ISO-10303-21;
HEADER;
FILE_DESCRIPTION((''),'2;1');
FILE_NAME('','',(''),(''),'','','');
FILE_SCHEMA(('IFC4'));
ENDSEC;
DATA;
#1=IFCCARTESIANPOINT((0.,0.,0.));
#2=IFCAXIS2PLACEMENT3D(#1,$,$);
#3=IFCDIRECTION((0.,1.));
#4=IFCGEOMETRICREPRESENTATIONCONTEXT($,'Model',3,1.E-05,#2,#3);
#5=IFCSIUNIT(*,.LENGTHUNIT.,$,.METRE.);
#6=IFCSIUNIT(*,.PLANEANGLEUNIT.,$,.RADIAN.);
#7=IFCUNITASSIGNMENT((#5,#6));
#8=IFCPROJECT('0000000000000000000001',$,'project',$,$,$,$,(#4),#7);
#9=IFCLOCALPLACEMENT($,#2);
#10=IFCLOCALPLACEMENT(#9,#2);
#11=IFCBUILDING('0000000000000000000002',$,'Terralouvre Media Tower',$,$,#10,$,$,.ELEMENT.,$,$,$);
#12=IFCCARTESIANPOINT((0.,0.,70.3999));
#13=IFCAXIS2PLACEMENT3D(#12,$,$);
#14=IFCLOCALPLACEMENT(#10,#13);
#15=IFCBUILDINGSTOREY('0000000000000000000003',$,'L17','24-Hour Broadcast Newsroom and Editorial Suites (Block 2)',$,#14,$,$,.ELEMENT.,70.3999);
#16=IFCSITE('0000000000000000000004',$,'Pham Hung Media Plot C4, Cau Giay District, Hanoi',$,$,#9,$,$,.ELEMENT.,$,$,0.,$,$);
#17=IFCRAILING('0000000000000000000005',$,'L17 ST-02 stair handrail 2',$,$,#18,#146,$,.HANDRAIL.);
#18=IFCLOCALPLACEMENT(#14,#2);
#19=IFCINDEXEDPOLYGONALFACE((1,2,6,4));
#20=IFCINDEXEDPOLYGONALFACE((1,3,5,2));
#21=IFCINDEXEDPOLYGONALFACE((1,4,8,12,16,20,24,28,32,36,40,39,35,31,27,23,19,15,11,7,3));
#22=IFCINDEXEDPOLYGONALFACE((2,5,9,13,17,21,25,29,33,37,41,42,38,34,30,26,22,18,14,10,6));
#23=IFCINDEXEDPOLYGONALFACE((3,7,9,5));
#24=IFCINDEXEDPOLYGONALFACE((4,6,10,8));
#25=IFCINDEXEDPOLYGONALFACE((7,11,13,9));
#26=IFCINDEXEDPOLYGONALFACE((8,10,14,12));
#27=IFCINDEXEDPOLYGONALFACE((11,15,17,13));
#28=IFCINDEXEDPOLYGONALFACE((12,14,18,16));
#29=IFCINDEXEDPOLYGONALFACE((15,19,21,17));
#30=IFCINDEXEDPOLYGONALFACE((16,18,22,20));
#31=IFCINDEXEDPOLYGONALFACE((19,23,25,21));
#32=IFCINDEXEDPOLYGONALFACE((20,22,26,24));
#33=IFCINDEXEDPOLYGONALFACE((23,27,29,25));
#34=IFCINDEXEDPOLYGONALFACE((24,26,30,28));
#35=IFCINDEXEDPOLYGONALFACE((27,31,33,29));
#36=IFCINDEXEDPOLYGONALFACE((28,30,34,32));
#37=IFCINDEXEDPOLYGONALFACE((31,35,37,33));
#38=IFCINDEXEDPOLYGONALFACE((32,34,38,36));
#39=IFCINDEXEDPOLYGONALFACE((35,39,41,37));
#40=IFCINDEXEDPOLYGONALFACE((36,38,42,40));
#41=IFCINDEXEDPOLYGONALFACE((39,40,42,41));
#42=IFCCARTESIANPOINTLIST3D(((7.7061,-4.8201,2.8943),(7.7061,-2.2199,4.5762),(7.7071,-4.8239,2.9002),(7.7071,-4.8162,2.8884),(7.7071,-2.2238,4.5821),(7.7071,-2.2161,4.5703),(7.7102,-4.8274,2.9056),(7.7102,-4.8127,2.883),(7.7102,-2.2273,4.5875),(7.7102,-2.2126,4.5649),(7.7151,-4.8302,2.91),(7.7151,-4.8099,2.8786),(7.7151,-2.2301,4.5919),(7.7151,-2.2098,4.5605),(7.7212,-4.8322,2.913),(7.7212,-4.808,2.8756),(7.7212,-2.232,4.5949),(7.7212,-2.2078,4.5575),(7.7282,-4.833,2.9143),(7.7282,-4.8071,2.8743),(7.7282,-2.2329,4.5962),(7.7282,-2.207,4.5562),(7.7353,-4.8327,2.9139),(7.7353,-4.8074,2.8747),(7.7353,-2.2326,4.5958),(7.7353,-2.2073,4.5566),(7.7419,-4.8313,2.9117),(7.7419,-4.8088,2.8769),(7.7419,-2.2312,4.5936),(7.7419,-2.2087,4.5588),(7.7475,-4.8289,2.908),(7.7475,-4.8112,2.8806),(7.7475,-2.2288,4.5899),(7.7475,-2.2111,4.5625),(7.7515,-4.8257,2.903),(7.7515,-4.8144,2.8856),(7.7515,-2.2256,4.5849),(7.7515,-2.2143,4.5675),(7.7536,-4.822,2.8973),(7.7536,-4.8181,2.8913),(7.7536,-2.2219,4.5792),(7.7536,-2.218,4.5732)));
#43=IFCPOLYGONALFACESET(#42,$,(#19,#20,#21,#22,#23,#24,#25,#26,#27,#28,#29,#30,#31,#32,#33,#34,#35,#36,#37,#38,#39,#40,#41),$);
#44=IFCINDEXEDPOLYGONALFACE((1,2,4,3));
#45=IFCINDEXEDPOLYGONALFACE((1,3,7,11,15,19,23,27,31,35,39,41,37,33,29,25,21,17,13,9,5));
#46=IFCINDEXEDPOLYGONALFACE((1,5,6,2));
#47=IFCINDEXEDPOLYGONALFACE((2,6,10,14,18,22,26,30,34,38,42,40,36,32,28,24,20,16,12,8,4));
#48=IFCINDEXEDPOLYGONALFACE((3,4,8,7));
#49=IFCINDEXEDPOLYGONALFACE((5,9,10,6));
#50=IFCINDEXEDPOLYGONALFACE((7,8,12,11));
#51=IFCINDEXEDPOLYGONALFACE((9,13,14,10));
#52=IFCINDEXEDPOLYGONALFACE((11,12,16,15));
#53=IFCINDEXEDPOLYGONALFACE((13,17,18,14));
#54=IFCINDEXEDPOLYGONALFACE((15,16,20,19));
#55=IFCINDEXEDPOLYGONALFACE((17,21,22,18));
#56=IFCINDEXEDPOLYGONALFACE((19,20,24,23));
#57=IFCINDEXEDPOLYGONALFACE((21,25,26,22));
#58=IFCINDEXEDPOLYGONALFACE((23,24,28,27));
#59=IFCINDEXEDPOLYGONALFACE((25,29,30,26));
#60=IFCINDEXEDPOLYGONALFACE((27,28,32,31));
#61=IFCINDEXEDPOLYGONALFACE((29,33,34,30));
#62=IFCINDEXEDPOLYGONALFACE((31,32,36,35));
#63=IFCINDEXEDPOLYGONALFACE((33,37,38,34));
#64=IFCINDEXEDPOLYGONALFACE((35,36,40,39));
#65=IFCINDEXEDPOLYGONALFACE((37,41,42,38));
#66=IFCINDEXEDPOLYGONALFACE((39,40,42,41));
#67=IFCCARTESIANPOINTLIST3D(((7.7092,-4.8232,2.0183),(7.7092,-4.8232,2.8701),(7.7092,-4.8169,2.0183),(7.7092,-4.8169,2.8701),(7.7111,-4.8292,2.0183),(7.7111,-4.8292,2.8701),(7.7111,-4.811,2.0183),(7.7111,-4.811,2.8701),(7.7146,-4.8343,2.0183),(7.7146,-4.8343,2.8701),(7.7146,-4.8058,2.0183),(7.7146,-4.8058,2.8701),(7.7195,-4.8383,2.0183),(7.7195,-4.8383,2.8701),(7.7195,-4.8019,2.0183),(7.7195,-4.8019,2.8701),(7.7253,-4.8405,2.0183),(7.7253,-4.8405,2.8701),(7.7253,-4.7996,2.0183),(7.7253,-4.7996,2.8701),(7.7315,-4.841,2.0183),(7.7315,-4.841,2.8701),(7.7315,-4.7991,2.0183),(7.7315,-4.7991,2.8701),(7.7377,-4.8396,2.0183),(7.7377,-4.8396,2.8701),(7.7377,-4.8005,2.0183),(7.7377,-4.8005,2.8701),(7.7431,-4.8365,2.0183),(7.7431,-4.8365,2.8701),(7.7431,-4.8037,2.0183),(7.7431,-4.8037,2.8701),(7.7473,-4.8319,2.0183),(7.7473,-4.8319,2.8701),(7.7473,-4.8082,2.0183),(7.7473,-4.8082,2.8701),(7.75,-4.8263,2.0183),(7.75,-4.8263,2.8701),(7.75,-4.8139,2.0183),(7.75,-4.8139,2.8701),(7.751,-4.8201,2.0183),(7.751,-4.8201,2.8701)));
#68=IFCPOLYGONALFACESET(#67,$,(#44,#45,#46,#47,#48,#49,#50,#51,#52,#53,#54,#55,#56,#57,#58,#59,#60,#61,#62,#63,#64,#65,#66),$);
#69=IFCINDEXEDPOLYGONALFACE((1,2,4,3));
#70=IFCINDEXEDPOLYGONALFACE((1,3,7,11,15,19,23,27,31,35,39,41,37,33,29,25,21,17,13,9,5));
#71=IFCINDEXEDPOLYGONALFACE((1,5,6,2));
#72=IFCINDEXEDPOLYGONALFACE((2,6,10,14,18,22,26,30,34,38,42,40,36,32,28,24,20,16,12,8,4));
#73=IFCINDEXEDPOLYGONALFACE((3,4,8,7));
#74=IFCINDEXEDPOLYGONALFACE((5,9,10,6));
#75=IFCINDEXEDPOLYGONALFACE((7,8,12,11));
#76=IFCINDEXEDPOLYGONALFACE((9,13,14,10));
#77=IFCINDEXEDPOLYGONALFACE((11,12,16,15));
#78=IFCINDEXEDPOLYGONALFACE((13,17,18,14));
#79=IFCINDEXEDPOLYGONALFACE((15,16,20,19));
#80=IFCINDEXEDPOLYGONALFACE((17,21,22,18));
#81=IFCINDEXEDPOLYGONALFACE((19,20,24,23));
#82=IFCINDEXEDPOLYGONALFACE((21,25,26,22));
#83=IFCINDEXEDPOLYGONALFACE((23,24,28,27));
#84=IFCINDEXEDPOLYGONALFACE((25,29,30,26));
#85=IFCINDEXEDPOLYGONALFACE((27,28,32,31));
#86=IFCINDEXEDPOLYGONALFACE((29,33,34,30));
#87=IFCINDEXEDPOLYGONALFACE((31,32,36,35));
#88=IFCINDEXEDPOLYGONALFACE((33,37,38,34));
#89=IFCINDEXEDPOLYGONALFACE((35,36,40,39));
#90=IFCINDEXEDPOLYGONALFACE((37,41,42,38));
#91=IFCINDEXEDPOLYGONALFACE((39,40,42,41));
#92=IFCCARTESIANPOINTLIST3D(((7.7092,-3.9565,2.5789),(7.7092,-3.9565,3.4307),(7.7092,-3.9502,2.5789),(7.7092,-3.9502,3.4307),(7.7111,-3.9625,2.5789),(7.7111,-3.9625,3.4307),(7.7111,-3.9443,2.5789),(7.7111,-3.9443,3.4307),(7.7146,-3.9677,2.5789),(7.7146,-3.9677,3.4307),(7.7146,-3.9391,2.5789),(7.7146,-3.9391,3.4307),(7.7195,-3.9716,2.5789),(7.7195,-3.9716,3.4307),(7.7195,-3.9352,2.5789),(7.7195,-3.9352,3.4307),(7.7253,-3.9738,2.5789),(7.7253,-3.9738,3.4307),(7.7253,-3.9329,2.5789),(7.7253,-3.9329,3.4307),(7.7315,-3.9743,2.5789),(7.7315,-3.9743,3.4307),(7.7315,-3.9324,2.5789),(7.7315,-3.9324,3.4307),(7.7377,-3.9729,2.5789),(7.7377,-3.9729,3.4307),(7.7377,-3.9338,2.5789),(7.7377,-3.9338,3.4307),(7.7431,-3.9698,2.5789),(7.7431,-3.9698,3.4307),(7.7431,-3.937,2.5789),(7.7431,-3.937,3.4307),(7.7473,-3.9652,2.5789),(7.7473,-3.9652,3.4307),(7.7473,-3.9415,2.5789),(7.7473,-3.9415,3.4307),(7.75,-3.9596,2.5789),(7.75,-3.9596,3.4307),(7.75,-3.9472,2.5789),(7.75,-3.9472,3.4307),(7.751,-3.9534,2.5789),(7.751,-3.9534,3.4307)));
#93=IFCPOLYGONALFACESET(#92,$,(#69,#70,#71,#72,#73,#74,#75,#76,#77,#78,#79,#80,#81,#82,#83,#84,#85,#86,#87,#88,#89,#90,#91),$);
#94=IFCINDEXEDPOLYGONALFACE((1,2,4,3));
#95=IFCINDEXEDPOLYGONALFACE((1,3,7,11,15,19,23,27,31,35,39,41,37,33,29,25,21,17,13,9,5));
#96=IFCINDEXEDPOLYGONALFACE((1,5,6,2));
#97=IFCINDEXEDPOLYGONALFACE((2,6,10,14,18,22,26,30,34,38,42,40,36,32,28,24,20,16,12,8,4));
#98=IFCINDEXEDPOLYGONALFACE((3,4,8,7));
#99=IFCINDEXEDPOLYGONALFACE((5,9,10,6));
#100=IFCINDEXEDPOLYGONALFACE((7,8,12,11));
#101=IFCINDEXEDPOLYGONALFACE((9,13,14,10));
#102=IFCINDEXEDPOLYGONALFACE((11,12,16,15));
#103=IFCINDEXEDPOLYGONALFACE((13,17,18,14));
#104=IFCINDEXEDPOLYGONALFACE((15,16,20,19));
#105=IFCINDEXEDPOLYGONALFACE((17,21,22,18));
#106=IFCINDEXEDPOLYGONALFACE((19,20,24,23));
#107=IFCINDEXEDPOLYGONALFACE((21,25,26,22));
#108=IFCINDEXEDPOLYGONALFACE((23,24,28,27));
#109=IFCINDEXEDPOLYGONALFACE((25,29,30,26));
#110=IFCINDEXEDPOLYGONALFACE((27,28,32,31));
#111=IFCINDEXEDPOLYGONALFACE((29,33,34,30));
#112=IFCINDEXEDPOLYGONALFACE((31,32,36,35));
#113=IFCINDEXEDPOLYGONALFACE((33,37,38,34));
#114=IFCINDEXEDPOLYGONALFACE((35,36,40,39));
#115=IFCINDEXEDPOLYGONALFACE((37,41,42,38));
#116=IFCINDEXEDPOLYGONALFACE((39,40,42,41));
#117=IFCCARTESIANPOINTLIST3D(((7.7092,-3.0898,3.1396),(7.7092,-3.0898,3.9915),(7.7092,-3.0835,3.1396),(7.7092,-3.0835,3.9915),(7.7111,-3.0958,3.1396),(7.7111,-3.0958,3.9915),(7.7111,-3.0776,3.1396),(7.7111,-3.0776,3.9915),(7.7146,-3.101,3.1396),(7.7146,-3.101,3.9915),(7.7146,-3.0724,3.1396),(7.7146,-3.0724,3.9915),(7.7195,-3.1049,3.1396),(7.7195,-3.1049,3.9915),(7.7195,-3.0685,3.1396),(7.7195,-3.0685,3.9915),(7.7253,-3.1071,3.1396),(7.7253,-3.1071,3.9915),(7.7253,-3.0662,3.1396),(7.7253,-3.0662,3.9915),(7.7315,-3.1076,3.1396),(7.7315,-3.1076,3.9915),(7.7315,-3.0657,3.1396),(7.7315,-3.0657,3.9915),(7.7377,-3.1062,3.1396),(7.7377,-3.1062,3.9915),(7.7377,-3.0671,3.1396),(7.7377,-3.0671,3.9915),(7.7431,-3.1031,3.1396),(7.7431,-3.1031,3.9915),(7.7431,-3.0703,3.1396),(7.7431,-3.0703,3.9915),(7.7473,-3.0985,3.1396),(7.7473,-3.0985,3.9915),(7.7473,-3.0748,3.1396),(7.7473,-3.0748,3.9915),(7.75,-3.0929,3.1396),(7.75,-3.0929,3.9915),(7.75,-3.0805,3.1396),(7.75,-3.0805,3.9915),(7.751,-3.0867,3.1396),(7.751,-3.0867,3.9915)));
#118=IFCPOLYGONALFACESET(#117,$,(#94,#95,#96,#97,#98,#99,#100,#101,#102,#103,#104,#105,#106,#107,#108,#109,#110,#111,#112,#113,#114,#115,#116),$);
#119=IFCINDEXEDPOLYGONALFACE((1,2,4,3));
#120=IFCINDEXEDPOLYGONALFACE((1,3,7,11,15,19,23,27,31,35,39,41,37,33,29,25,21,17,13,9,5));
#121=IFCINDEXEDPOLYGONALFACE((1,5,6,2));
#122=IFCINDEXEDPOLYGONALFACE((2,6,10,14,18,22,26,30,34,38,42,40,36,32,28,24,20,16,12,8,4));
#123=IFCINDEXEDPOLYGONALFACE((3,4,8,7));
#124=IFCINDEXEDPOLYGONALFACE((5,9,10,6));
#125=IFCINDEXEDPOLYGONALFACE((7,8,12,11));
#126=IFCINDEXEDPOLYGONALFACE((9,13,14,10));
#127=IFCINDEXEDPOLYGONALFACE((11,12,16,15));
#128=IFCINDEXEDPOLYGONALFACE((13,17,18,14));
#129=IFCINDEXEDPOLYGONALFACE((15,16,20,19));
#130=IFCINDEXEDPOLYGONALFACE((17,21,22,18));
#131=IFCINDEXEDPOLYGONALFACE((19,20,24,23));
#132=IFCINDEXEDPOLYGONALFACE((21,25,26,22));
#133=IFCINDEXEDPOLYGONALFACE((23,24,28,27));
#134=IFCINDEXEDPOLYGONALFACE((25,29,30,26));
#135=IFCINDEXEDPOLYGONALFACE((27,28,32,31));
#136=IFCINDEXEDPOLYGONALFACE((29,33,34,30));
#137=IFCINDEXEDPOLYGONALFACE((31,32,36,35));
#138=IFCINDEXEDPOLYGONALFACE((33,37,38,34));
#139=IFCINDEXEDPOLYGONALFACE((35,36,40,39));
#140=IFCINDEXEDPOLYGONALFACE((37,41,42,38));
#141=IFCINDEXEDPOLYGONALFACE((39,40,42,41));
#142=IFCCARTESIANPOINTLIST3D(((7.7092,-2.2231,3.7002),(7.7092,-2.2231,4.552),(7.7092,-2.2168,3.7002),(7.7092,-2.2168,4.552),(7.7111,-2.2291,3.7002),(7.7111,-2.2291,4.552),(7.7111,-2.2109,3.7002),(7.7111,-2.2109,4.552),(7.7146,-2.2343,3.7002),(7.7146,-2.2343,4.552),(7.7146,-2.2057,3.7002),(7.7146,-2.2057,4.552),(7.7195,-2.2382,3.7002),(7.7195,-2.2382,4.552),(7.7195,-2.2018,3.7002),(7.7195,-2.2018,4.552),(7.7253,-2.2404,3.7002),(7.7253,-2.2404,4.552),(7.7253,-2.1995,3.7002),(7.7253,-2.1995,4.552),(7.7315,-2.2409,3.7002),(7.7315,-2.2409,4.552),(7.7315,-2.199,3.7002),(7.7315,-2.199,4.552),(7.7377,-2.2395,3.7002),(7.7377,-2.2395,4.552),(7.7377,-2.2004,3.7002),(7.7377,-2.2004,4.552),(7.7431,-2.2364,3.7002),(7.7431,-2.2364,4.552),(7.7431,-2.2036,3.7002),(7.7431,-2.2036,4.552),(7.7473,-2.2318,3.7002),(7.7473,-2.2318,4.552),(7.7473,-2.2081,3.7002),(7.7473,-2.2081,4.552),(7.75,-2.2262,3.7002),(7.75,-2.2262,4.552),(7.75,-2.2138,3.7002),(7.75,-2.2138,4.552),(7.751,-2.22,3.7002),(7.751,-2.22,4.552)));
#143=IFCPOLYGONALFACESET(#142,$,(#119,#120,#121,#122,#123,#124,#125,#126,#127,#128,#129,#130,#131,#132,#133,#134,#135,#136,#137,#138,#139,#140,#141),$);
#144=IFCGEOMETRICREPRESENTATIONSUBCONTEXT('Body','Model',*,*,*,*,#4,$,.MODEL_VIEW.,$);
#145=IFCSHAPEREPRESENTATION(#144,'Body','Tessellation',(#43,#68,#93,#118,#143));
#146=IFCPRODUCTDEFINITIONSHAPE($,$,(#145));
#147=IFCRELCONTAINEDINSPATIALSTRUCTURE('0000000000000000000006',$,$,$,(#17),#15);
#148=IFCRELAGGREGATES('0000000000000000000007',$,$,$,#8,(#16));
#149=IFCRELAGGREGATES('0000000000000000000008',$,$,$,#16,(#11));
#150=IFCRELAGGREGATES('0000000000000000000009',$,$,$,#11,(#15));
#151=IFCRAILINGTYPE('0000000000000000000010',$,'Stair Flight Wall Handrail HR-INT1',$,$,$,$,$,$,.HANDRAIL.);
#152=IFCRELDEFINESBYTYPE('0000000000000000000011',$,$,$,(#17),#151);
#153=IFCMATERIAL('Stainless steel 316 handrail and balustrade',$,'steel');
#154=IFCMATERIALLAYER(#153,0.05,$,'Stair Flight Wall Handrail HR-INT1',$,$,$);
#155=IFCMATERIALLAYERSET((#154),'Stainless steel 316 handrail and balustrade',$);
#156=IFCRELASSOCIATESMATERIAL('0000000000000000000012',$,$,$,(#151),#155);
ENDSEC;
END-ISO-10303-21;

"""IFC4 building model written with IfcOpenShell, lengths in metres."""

from ifc_helpers import new_model, si_unit, direction, frame, origin, origin_2d, place, context, subcontext, project, spatial, circle, extrude, material, layer, layer_set, type_object, element, save


model = new_model("IFC4")

# Units and contexts
model_context = context("Model", 3, precision=1e-05, world=origin(), true_north=direction((0.0, 1.0)))
body_context = subcontext(model_context, "Body", "Model", "MODEL_VIEW")
ifc_project = project(units=[si_unit("LENGTHUNIT", "METRE"), si_unit("PLANEANGLEUNIT", "RADIAN")], contexts=[model_context])

# Site, building, storey
site_placement = place(None, origin())
site = spatial("IfcSite", under=ifc_project, at=site_placement, Name="Pham Hung Media Plot C4, Cau Giay District, Hanoi", CompositionType="ELEMENT", RefElevation=0.0)
building_placement = place(site_placement, origin())
building = spatial("IfcBuilding", under=site, at=building_placement, Name="Terralouvre Media Tower", CompositionType="ELEMENT")
storey_placement = place(building_placement, frame((0.0, 0.0, 70.3999)))
storey = spatial("IfcBuildingStorey", under=building, at=storey_placement, Name="L17", Description="24-Hour Broadcast Newsroom and Editorial Suites (Block 2)", CompositionType="ELEMENT", Elevation=70.3999)

# Railing
ifc_material_1 = material(Name="Stainless steel 316 handrail and balustrade", Category="steel")
ifc_layer_1 = layer(ifc_material_1, 0.05, Name="Stair Flight Wall Handrail HR-INT1")
ifc_layer_set_1 = layer_set([ifc_layer_1], Name="Stainless steel 316 handrail and balustrade")
railing_type_1 = type_object("IfcRailingType", Name="Stair Flight Wall Handrail HR-INT1", PredefinedType="HANDRAIL", material=ifc_layer_set_1)
railing_1_placement = place(storey_placement, frame((7.73, -4.8201, 2.0183)))
element("IfcRailing", 1, at=railing_1_placement, inside=storey, type_object=railing_type_1, Name="L17 ST-02 stair handrail 2", PredefinedType="HANDRAIL", context=body_context, shape_type="SweptSolid", body=[
    extrude(circle(Radius=0.0239, at=origin_2d()), frame((0.0, 0.0, 0.876), z_axis=(0.0, 0.839648, 0.54313), x_axis=(-1.0, 0.0, 0.0)), (0.0, 0.0, 1.0), 3.0967),
    extrude(circle(Radius=0.021, at=origin_2d()), origin(), (0.0, 0.0, 1.0), 0.8518),
    extrude(circle(Radius=0.021, at=origin_2d()), frame((0.0, 0.8667, 0.5605)), (0.0, 0.0, 1.0), 0.8518),
    extrude(circle(Radius=0.021, at=origin_2d()), frame((0.0, 1.7334, 1.1213)), (0.0, 0.0, 1.0), 0.8518),
    extrude(circle(Radius=0.021, at=origin_2d()), frame((0.0, 2.6001, 1.6819)), (0.0, 0.0, 1.0), 0.8518),
])

save(model, "model.ifc")
